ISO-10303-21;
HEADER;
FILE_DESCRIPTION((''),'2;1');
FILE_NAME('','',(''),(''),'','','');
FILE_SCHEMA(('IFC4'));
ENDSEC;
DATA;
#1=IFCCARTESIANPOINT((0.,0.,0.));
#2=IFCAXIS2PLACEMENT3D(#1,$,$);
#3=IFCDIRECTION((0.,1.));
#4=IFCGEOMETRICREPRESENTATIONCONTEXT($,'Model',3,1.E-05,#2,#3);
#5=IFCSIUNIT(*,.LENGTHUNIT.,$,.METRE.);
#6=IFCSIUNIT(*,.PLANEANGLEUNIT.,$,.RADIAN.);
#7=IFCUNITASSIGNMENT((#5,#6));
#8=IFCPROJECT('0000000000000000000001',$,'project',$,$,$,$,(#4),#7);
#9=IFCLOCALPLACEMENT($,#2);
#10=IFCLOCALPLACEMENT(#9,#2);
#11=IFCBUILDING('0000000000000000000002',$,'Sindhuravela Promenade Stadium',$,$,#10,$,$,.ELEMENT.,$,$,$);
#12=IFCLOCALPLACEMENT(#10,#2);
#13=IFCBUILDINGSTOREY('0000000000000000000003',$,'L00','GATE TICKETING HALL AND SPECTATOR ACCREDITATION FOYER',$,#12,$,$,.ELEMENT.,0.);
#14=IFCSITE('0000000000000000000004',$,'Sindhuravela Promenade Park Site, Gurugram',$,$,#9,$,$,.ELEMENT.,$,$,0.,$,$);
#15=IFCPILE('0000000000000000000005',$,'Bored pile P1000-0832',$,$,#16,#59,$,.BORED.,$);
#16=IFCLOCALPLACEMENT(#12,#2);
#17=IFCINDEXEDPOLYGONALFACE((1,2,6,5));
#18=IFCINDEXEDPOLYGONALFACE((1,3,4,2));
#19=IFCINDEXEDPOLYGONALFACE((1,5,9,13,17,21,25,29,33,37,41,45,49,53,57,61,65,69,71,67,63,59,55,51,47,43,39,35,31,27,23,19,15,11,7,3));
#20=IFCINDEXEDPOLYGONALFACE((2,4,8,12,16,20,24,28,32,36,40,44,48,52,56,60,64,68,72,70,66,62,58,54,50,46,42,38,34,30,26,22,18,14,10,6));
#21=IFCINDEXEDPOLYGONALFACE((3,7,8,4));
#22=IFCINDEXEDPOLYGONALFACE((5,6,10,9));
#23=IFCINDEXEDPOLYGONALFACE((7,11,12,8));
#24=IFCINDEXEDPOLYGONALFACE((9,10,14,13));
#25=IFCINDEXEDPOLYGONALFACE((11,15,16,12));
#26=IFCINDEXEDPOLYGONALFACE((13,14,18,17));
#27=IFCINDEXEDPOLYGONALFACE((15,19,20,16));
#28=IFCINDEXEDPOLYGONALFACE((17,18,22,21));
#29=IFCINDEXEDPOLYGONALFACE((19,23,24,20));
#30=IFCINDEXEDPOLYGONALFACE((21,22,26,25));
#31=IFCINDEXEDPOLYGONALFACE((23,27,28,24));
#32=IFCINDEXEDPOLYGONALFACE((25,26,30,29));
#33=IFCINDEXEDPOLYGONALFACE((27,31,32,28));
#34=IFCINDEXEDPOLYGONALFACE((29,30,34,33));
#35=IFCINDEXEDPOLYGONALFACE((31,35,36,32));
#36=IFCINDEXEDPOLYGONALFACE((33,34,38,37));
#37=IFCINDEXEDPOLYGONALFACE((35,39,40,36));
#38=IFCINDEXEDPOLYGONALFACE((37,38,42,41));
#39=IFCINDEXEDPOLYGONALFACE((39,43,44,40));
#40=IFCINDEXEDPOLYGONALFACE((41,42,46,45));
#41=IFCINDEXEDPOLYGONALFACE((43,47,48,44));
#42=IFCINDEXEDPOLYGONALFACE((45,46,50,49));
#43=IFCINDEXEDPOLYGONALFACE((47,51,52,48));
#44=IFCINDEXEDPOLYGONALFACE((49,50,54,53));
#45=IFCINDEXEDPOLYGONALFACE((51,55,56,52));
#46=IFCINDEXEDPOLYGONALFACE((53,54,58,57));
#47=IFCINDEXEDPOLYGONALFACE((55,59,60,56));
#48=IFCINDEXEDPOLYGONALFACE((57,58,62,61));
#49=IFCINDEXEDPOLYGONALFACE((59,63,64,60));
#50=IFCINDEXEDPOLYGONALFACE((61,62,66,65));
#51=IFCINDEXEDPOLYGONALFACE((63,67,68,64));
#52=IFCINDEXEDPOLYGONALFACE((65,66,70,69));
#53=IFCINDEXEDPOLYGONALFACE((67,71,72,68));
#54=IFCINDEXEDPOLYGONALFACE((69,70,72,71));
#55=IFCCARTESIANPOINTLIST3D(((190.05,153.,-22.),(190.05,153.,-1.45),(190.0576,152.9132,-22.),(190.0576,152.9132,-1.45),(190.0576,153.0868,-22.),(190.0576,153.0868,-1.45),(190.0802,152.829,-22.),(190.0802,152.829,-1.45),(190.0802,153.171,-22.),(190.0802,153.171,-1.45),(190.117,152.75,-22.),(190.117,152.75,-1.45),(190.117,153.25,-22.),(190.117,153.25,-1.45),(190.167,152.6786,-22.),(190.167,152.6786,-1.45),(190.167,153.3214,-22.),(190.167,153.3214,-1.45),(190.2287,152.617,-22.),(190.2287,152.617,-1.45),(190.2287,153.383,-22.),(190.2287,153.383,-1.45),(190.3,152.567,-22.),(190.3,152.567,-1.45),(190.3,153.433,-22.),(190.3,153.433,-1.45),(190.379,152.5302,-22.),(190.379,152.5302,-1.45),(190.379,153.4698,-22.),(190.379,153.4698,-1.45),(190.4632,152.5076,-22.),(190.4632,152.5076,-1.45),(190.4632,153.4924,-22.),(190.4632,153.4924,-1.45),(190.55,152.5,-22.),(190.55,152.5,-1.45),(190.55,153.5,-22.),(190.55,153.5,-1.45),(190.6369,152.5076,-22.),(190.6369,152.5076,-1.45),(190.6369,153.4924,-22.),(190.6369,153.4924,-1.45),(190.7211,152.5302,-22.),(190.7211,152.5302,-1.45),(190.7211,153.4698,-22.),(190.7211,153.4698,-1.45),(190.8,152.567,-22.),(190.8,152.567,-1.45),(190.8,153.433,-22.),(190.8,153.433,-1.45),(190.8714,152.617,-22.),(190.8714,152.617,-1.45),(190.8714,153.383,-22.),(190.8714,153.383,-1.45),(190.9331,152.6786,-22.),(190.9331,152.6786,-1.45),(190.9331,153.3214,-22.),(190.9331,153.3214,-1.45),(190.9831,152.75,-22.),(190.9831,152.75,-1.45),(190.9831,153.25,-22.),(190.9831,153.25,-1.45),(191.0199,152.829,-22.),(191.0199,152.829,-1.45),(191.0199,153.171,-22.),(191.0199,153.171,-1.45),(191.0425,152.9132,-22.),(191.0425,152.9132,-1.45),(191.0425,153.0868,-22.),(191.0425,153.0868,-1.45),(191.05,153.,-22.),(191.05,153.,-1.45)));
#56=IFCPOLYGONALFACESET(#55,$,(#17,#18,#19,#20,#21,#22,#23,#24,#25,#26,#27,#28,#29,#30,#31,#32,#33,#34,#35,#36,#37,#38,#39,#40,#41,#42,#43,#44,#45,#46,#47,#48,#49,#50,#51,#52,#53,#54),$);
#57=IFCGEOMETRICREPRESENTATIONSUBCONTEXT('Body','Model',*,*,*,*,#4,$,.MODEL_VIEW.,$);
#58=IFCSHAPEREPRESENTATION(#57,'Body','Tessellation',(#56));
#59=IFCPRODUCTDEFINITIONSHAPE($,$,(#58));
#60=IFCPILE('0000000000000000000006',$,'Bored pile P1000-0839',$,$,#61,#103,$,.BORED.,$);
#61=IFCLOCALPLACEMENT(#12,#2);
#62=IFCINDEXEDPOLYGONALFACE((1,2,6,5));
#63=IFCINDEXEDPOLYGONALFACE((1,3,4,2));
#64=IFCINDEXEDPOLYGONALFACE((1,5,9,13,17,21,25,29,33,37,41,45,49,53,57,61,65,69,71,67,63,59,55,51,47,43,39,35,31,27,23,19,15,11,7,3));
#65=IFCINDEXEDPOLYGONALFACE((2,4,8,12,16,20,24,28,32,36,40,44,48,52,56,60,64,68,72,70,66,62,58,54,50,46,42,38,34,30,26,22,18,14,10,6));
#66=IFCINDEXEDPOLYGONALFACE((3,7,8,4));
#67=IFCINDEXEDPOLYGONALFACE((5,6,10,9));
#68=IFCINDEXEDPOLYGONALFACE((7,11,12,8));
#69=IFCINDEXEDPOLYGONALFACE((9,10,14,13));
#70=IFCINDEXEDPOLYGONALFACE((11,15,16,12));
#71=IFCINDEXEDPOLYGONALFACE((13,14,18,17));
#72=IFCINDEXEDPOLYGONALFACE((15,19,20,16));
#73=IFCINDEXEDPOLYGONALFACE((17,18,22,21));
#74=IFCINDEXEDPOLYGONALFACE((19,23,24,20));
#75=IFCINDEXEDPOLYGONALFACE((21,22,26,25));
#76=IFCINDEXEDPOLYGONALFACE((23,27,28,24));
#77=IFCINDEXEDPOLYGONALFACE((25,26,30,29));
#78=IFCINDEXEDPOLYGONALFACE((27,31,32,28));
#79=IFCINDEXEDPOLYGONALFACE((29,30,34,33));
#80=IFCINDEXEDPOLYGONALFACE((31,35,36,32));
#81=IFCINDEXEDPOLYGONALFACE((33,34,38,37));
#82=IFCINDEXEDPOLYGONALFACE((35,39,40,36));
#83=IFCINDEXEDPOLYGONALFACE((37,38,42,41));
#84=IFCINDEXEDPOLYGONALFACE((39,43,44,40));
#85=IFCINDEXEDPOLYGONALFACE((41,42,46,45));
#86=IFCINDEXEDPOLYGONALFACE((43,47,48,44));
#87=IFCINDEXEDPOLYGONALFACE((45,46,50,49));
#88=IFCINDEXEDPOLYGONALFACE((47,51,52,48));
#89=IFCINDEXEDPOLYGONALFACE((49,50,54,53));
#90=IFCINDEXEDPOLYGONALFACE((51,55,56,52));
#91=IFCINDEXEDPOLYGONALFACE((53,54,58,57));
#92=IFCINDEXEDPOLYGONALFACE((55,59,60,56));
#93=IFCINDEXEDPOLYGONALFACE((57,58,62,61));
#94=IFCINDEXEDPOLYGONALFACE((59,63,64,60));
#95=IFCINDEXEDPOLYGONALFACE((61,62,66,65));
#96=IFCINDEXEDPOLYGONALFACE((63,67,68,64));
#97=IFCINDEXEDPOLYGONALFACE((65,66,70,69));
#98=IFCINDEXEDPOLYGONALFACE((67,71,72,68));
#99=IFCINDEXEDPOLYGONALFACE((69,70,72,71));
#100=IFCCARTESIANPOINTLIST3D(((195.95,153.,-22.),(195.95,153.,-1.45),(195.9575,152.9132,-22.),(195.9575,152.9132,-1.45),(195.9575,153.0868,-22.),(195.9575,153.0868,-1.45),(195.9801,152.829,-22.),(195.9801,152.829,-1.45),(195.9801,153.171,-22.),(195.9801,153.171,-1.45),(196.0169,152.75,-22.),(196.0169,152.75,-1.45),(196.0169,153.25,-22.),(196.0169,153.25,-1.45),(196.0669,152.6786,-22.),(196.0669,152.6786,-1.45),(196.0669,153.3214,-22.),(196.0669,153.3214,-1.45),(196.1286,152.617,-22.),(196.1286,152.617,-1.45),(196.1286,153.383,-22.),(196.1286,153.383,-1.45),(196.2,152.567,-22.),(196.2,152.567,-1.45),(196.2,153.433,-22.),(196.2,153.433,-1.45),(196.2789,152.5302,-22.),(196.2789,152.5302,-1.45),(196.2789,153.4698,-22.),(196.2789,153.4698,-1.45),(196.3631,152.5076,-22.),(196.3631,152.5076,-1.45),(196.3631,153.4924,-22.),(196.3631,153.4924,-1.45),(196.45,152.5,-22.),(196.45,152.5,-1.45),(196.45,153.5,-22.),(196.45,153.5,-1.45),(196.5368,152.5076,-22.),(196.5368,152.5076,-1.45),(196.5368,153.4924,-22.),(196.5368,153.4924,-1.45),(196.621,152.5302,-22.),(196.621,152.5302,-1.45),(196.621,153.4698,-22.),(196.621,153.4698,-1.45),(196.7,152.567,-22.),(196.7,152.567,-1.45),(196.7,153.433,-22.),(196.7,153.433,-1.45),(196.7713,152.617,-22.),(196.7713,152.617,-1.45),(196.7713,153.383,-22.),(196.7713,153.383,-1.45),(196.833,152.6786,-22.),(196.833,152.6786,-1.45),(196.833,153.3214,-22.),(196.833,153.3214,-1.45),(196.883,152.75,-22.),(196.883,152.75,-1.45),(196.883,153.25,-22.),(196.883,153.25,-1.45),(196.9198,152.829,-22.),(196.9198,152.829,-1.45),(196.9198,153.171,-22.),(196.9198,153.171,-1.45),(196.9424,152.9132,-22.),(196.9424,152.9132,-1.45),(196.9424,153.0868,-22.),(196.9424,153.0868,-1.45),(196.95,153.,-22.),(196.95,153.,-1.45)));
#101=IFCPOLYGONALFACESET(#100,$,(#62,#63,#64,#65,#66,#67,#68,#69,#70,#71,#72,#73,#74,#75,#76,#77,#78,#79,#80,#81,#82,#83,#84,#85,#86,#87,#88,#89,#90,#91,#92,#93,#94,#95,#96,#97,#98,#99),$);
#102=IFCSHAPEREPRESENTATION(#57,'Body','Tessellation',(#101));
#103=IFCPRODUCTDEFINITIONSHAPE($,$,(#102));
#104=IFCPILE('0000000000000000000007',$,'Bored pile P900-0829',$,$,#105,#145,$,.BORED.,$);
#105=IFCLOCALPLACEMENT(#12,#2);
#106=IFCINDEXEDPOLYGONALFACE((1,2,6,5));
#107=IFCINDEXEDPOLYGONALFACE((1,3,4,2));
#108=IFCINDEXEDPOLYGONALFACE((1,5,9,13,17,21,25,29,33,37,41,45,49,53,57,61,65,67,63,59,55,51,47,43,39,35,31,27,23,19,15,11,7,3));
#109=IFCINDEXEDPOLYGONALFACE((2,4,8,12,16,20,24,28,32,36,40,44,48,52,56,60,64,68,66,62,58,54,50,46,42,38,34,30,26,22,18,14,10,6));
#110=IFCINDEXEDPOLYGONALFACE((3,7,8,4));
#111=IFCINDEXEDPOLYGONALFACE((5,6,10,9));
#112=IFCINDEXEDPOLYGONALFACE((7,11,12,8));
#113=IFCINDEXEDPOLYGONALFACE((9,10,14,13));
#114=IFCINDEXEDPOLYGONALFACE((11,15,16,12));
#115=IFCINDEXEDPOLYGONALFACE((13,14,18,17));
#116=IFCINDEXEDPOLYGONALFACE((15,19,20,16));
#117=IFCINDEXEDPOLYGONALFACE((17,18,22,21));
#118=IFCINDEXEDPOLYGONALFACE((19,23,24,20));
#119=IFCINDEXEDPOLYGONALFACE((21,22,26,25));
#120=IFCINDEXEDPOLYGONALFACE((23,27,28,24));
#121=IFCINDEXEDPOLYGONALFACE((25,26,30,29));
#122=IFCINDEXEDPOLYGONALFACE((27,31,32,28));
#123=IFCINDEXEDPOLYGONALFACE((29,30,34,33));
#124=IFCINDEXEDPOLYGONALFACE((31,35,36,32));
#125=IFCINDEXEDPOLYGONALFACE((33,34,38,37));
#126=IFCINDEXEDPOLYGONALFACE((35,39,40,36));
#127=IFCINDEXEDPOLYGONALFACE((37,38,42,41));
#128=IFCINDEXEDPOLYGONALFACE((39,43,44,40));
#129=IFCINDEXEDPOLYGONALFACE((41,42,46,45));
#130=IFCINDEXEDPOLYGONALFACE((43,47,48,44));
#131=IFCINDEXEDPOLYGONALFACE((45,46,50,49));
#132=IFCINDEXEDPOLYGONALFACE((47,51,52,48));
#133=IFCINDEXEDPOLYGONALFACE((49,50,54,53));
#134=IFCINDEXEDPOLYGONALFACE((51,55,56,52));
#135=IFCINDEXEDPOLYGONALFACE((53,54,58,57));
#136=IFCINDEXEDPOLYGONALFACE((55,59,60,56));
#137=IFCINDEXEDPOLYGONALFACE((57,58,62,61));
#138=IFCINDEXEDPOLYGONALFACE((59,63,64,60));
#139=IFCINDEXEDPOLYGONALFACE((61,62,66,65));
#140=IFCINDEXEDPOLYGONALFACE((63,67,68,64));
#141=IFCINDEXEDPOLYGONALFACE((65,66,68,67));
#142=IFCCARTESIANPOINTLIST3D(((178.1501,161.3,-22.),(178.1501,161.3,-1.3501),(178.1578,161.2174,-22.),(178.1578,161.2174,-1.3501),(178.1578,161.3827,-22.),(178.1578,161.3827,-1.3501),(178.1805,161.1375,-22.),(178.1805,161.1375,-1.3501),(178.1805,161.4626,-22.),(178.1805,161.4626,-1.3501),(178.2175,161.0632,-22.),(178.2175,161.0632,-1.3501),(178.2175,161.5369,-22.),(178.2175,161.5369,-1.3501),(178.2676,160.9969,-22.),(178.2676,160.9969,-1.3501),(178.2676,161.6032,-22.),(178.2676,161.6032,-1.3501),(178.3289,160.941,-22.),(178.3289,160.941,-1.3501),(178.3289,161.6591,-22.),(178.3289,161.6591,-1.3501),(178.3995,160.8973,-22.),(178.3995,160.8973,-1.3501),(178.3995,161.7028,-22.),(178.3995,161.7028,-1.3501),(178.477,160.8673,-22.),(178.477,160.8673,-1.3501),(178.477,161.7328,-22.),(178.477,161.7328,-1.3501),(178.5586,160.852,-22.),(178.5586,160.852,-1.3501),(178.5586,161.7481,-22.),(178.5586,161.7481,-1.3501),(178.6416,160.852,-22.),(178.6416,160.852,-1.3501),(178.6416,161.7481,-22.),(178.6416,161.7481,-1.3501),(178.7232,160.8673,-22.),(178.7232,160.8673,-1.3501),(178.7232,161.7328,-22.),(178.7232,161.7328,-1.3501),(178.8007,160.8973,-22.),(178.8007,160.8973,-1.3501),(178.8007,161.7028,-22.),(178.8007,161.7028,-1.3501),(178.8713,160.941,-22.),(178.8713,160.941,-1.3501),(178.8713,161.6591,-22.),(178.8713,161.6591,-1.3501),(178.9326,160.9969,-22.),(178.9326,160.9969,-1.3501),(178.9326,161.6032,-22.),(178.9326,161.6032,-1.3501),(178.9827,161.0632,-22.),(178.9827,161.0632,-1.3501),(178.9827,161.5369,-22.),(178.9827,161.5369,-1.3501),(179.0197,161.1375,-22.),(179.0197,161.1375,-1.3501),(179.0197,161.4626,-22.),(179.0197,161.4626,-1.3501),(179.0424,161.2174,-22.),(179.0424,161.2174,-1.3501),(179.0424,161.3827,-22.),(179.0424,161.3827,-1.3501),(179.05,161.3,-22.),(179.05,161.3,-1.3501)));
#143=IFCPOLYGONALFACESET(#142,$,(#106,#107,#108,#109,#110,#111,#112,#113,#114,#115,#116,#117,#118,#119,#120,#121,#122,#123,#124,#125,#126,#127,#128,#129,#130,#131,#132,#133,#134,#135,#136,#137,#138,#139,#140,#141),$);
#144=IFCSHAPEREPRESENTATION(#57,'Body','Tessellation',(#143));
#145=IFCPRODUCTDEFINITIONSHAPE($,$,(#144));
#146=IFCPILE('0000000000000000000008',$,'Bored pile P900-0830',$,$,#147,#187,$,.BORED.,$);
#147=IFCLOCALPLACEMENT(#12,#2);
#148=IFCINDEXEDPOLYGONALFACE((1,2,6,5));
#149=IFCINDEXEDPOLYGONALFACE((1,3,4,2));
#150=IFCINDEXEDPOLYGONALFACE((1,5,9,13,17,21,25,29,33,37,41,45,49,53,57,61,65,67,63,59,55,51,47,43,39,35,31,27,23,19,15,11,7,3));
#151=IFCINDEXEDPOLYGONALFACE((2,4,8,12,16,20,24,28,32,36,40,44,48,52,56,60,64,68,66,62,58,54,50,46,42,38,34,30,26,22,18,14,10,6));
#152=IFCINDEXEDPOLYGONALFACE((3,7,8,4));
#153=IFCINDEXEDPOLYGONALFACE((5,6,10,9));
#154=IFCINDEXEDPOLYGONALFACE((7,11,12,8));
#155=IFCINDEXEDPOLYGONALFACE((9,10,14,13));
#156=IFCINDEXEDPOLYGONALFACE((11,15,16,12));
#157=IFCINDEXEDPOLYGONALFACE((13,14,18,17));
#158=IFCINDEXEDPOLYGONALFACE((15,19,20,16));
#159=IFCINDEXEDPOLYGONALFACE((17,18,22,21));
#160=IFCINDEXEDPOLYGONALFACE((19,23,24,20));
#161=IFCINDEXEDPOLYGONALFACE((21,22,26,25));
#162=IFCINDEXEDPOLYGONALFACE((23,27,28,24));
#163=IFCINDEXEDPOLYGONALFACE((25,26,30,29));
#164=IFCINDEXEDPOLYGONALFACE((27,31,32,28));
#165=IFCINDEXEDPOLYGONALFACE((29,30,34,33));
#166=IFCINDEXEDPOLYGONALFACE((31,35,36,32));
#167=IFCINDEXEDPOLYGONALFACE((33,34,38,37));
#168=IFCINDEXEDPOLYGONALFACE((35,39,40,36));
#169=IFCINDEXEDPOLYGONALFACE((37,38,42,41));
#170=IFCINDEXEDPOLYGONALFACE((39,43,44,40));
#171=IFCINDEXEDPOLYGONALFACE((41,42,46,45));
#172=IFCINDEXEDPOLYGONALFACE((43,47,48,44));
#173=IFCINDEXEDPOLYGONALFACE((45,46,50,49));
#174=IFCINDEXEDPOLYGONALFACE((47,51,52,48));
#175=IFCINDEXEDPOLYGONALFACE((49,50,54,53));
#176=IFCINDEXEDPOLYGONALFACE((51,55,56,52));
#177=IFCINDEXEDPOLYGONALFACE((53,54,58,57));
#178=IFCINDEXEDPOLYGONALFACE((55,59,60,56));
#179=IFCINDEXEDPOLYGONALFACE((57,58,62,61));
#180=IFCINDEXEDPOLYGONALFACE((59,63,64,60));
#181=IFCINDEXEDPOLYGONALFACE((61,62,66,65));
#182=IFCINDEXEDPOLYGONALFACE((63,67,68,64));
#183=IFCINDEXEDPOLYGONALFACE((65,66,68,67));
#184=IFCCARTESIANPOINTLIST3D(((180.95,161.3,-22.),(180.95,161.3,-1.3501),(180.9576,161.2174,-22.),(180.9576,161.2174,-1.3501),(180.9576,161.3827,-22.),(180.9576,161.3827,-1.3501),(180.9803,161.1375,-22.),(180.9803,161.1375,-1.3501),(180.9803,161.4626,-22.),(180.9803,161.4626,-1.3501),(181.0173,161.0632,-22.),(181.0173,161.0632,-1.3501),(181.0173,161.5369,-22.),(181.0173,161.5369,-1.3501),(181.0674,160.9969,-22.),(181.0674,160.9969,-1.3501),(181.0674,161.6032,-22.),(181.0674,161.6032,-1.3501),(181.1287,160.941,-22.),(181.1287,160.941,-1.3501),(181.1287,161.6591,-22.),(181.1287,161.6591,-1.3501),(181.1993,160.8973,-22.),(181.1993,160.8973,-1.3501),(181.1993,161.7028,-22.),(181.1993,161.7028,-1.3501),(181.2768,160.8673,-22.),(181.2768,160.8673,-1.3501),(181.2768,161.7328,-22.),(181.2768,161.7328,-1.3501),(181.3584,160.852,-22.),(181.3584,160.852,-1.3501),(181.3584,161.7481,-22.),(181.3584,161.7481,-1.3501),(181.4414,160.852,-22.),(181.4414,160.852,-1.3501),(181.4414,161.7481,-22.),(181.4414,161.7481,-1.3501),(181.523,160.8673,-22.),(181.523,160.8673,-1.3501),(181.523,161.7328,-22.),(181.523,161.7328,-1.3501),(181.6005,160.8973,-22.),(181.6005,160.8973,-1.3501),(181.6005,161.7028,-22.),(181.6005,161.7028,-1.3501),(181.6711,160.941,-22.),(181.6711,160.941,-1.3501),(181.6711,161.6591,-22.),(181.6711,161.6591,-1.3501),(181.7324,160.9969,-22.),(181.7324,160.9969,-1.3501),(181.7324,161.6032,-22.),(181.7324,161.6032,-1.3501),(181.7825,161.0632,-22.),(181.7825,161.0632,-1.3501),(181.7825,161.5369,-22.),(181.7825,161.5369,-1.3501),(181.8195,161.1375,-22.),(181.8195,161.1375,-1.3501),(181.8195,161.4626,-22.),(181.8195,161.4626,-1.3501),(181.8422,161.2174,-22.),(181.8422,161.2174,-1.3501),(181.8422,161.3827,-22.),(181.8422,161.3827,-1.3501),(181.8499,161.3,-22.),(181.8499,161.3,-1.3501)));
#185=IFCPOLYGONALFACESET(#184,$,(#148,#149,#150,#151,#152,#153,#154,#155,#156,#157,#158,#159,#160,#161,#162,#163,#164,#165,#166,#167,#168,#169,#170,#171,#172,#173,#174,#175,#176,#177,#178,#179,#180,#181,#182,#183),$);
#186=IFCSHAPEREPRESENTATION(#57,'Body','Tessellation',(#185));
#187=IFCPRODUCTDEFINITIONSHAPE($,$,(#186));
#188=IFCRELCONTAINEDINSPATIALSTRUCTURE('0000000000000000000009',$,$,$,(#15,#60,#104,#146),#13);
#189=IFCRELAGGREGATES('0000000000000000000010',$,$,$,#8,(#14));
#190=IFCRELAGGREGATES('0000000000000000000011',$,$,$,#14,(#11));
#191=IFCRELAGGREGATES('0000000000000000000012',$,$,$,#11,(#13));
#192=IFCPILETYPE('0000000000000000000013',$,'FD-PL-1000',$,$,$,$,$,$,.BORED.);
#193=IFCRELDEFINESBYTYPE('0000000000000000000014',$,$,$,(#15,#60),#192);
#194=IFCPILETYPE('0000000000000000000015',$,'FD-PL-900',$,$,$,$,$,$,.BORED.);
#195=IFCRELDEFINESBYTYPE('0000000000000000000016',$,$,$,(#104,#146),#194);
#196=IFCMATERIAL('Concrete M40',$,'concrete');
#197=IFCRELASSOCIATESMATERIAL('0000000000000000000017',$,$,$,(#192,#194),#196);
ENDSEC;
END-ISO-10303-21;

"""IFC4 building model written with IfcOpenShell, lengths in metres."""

from ifc_helpers import new_model, si_unit, direction, frame, origin, origin_2d, place, context, subcontext, project, spatial, circle, extrude, material, material_profile, profile_set, type_object, element, save


model = new_model("IFC4")

# Units and contexts
model_context = context("Model", 3, precision=1e-05, world=origin(), true_north=direction((0.0, 1.0)))
body_context = subcontext(model_context, "Body", "Model", "MODEL_VIEW")
ifc_project = project(units=[si_unit("LENGTHUNIT", "METRE"), si_unit("PLANEANGLEUNIT", "RADIAN")], contexts=[model_context])

# Site, building, storey
site_placement = place(None, origin())
site = spatial("IfcSite", under=ifc_project, at=site_placement, Name="Sindhuravela Promenade Park Site, Gurugram", CompositionType="ELEMENT", RefElevation=0.0)
building_placement = place(site_placement, origin())
building = spatial("IfcBuilding", under=site, at=building_placement, Name="Sindhuravela Promenade Stadium", CompositionType="ELEMENT")
storey_placement = place(building_placement, origin())
storey = spatial("IfcBuildingStorey", under=building, at=storey_placement, Name="L00", Description="GATE TICKETING HALL AND SPECTATOR ACCREDITATION FOYER", CompositionType="ELEMENT", Elevation=0.0)

# Piles
ifc_material_1 = material(Name="Concrete M40", Category="concrete")
ifc_material_profile_1 = material_profile(ifc_material_1, circle(Radius=0.5, at=origin_2d()), Name="BORED PILE D1000")
ifc_profile_set_1 = profile_set([ifc_material_profile_1], Name="Concrete M40")
pile_type_1 = type_object("IfcPileType", Name="FD-PL-1000", PredefinedType="BORED", material=ifc_profile_set_1)
for number, where, z_axis, x_axis, name in (
    (1, (190.55, 153.0, -1.45), (0.0, 0.0, -1.0), (1.0, 0.0, 0.0), "Bored pile P1000-0832"),
    (2, (196.45, 153.0, -1.45), (0.0, 0.0, -1.0), (1.0, 0.0, 0.0), "Bored pile P1000-0839"),
):
    element("IfcPile", number, at=place(storey_placement, frame(where, z_axis=z_axis, x_axis=x_axis)), inside=storey, type_object=pile_type_1, Name=name, PredefinedType="BORED", context=body_context, shape_type="SweptSolid", body=[
        extrude(circle(Radius=0.5, at=origin_2d()), origin(), (0.0, 0.0, 1.0), 20.55),
    ])
ifc_material_profile_2 = material_profile(ifc_material_1, circle(Radius=0.45, at=origin_2d()), Name="BORED PILE D900")
ifc_profile_set_2 = profile_set([ifc_material_profile_2], Name="Concrete M40")
pile_type_2 = type_object("IfcPileType", Name="FD-PL-900", PredefinedType="BORED", material=ifc_profile_set_2)
for number, where, z_axis, x_axis, name in (
    (3, (178.6001, 161.3, -1.3501), (0.0, 0.0, -1.0), (1.0, 0.0, 0.0), "Bored pile P900-0829"),
    (4, (181.3999, 161.3, -1.3501), (0.0, 0.0, -1.0), (1.0, 0.0, 0.0), "Bored pile P900-0830"),
):
    element("IfcPile", number, at=place(storey_placement, frame(where, z_axis=z_axis, x_axis=x_axis)), inside=storey, type_object=pile_type_2, Name=name, PredefinedType="BORED", context=body_context, shape_type="SweptSolid", body=[
        extrude(circle(Radius=0.45, at=origin_2d()), origin(), (0.0, 0.0, 1.0), 20.6499),
    ])

save(model, "model.ifc")
